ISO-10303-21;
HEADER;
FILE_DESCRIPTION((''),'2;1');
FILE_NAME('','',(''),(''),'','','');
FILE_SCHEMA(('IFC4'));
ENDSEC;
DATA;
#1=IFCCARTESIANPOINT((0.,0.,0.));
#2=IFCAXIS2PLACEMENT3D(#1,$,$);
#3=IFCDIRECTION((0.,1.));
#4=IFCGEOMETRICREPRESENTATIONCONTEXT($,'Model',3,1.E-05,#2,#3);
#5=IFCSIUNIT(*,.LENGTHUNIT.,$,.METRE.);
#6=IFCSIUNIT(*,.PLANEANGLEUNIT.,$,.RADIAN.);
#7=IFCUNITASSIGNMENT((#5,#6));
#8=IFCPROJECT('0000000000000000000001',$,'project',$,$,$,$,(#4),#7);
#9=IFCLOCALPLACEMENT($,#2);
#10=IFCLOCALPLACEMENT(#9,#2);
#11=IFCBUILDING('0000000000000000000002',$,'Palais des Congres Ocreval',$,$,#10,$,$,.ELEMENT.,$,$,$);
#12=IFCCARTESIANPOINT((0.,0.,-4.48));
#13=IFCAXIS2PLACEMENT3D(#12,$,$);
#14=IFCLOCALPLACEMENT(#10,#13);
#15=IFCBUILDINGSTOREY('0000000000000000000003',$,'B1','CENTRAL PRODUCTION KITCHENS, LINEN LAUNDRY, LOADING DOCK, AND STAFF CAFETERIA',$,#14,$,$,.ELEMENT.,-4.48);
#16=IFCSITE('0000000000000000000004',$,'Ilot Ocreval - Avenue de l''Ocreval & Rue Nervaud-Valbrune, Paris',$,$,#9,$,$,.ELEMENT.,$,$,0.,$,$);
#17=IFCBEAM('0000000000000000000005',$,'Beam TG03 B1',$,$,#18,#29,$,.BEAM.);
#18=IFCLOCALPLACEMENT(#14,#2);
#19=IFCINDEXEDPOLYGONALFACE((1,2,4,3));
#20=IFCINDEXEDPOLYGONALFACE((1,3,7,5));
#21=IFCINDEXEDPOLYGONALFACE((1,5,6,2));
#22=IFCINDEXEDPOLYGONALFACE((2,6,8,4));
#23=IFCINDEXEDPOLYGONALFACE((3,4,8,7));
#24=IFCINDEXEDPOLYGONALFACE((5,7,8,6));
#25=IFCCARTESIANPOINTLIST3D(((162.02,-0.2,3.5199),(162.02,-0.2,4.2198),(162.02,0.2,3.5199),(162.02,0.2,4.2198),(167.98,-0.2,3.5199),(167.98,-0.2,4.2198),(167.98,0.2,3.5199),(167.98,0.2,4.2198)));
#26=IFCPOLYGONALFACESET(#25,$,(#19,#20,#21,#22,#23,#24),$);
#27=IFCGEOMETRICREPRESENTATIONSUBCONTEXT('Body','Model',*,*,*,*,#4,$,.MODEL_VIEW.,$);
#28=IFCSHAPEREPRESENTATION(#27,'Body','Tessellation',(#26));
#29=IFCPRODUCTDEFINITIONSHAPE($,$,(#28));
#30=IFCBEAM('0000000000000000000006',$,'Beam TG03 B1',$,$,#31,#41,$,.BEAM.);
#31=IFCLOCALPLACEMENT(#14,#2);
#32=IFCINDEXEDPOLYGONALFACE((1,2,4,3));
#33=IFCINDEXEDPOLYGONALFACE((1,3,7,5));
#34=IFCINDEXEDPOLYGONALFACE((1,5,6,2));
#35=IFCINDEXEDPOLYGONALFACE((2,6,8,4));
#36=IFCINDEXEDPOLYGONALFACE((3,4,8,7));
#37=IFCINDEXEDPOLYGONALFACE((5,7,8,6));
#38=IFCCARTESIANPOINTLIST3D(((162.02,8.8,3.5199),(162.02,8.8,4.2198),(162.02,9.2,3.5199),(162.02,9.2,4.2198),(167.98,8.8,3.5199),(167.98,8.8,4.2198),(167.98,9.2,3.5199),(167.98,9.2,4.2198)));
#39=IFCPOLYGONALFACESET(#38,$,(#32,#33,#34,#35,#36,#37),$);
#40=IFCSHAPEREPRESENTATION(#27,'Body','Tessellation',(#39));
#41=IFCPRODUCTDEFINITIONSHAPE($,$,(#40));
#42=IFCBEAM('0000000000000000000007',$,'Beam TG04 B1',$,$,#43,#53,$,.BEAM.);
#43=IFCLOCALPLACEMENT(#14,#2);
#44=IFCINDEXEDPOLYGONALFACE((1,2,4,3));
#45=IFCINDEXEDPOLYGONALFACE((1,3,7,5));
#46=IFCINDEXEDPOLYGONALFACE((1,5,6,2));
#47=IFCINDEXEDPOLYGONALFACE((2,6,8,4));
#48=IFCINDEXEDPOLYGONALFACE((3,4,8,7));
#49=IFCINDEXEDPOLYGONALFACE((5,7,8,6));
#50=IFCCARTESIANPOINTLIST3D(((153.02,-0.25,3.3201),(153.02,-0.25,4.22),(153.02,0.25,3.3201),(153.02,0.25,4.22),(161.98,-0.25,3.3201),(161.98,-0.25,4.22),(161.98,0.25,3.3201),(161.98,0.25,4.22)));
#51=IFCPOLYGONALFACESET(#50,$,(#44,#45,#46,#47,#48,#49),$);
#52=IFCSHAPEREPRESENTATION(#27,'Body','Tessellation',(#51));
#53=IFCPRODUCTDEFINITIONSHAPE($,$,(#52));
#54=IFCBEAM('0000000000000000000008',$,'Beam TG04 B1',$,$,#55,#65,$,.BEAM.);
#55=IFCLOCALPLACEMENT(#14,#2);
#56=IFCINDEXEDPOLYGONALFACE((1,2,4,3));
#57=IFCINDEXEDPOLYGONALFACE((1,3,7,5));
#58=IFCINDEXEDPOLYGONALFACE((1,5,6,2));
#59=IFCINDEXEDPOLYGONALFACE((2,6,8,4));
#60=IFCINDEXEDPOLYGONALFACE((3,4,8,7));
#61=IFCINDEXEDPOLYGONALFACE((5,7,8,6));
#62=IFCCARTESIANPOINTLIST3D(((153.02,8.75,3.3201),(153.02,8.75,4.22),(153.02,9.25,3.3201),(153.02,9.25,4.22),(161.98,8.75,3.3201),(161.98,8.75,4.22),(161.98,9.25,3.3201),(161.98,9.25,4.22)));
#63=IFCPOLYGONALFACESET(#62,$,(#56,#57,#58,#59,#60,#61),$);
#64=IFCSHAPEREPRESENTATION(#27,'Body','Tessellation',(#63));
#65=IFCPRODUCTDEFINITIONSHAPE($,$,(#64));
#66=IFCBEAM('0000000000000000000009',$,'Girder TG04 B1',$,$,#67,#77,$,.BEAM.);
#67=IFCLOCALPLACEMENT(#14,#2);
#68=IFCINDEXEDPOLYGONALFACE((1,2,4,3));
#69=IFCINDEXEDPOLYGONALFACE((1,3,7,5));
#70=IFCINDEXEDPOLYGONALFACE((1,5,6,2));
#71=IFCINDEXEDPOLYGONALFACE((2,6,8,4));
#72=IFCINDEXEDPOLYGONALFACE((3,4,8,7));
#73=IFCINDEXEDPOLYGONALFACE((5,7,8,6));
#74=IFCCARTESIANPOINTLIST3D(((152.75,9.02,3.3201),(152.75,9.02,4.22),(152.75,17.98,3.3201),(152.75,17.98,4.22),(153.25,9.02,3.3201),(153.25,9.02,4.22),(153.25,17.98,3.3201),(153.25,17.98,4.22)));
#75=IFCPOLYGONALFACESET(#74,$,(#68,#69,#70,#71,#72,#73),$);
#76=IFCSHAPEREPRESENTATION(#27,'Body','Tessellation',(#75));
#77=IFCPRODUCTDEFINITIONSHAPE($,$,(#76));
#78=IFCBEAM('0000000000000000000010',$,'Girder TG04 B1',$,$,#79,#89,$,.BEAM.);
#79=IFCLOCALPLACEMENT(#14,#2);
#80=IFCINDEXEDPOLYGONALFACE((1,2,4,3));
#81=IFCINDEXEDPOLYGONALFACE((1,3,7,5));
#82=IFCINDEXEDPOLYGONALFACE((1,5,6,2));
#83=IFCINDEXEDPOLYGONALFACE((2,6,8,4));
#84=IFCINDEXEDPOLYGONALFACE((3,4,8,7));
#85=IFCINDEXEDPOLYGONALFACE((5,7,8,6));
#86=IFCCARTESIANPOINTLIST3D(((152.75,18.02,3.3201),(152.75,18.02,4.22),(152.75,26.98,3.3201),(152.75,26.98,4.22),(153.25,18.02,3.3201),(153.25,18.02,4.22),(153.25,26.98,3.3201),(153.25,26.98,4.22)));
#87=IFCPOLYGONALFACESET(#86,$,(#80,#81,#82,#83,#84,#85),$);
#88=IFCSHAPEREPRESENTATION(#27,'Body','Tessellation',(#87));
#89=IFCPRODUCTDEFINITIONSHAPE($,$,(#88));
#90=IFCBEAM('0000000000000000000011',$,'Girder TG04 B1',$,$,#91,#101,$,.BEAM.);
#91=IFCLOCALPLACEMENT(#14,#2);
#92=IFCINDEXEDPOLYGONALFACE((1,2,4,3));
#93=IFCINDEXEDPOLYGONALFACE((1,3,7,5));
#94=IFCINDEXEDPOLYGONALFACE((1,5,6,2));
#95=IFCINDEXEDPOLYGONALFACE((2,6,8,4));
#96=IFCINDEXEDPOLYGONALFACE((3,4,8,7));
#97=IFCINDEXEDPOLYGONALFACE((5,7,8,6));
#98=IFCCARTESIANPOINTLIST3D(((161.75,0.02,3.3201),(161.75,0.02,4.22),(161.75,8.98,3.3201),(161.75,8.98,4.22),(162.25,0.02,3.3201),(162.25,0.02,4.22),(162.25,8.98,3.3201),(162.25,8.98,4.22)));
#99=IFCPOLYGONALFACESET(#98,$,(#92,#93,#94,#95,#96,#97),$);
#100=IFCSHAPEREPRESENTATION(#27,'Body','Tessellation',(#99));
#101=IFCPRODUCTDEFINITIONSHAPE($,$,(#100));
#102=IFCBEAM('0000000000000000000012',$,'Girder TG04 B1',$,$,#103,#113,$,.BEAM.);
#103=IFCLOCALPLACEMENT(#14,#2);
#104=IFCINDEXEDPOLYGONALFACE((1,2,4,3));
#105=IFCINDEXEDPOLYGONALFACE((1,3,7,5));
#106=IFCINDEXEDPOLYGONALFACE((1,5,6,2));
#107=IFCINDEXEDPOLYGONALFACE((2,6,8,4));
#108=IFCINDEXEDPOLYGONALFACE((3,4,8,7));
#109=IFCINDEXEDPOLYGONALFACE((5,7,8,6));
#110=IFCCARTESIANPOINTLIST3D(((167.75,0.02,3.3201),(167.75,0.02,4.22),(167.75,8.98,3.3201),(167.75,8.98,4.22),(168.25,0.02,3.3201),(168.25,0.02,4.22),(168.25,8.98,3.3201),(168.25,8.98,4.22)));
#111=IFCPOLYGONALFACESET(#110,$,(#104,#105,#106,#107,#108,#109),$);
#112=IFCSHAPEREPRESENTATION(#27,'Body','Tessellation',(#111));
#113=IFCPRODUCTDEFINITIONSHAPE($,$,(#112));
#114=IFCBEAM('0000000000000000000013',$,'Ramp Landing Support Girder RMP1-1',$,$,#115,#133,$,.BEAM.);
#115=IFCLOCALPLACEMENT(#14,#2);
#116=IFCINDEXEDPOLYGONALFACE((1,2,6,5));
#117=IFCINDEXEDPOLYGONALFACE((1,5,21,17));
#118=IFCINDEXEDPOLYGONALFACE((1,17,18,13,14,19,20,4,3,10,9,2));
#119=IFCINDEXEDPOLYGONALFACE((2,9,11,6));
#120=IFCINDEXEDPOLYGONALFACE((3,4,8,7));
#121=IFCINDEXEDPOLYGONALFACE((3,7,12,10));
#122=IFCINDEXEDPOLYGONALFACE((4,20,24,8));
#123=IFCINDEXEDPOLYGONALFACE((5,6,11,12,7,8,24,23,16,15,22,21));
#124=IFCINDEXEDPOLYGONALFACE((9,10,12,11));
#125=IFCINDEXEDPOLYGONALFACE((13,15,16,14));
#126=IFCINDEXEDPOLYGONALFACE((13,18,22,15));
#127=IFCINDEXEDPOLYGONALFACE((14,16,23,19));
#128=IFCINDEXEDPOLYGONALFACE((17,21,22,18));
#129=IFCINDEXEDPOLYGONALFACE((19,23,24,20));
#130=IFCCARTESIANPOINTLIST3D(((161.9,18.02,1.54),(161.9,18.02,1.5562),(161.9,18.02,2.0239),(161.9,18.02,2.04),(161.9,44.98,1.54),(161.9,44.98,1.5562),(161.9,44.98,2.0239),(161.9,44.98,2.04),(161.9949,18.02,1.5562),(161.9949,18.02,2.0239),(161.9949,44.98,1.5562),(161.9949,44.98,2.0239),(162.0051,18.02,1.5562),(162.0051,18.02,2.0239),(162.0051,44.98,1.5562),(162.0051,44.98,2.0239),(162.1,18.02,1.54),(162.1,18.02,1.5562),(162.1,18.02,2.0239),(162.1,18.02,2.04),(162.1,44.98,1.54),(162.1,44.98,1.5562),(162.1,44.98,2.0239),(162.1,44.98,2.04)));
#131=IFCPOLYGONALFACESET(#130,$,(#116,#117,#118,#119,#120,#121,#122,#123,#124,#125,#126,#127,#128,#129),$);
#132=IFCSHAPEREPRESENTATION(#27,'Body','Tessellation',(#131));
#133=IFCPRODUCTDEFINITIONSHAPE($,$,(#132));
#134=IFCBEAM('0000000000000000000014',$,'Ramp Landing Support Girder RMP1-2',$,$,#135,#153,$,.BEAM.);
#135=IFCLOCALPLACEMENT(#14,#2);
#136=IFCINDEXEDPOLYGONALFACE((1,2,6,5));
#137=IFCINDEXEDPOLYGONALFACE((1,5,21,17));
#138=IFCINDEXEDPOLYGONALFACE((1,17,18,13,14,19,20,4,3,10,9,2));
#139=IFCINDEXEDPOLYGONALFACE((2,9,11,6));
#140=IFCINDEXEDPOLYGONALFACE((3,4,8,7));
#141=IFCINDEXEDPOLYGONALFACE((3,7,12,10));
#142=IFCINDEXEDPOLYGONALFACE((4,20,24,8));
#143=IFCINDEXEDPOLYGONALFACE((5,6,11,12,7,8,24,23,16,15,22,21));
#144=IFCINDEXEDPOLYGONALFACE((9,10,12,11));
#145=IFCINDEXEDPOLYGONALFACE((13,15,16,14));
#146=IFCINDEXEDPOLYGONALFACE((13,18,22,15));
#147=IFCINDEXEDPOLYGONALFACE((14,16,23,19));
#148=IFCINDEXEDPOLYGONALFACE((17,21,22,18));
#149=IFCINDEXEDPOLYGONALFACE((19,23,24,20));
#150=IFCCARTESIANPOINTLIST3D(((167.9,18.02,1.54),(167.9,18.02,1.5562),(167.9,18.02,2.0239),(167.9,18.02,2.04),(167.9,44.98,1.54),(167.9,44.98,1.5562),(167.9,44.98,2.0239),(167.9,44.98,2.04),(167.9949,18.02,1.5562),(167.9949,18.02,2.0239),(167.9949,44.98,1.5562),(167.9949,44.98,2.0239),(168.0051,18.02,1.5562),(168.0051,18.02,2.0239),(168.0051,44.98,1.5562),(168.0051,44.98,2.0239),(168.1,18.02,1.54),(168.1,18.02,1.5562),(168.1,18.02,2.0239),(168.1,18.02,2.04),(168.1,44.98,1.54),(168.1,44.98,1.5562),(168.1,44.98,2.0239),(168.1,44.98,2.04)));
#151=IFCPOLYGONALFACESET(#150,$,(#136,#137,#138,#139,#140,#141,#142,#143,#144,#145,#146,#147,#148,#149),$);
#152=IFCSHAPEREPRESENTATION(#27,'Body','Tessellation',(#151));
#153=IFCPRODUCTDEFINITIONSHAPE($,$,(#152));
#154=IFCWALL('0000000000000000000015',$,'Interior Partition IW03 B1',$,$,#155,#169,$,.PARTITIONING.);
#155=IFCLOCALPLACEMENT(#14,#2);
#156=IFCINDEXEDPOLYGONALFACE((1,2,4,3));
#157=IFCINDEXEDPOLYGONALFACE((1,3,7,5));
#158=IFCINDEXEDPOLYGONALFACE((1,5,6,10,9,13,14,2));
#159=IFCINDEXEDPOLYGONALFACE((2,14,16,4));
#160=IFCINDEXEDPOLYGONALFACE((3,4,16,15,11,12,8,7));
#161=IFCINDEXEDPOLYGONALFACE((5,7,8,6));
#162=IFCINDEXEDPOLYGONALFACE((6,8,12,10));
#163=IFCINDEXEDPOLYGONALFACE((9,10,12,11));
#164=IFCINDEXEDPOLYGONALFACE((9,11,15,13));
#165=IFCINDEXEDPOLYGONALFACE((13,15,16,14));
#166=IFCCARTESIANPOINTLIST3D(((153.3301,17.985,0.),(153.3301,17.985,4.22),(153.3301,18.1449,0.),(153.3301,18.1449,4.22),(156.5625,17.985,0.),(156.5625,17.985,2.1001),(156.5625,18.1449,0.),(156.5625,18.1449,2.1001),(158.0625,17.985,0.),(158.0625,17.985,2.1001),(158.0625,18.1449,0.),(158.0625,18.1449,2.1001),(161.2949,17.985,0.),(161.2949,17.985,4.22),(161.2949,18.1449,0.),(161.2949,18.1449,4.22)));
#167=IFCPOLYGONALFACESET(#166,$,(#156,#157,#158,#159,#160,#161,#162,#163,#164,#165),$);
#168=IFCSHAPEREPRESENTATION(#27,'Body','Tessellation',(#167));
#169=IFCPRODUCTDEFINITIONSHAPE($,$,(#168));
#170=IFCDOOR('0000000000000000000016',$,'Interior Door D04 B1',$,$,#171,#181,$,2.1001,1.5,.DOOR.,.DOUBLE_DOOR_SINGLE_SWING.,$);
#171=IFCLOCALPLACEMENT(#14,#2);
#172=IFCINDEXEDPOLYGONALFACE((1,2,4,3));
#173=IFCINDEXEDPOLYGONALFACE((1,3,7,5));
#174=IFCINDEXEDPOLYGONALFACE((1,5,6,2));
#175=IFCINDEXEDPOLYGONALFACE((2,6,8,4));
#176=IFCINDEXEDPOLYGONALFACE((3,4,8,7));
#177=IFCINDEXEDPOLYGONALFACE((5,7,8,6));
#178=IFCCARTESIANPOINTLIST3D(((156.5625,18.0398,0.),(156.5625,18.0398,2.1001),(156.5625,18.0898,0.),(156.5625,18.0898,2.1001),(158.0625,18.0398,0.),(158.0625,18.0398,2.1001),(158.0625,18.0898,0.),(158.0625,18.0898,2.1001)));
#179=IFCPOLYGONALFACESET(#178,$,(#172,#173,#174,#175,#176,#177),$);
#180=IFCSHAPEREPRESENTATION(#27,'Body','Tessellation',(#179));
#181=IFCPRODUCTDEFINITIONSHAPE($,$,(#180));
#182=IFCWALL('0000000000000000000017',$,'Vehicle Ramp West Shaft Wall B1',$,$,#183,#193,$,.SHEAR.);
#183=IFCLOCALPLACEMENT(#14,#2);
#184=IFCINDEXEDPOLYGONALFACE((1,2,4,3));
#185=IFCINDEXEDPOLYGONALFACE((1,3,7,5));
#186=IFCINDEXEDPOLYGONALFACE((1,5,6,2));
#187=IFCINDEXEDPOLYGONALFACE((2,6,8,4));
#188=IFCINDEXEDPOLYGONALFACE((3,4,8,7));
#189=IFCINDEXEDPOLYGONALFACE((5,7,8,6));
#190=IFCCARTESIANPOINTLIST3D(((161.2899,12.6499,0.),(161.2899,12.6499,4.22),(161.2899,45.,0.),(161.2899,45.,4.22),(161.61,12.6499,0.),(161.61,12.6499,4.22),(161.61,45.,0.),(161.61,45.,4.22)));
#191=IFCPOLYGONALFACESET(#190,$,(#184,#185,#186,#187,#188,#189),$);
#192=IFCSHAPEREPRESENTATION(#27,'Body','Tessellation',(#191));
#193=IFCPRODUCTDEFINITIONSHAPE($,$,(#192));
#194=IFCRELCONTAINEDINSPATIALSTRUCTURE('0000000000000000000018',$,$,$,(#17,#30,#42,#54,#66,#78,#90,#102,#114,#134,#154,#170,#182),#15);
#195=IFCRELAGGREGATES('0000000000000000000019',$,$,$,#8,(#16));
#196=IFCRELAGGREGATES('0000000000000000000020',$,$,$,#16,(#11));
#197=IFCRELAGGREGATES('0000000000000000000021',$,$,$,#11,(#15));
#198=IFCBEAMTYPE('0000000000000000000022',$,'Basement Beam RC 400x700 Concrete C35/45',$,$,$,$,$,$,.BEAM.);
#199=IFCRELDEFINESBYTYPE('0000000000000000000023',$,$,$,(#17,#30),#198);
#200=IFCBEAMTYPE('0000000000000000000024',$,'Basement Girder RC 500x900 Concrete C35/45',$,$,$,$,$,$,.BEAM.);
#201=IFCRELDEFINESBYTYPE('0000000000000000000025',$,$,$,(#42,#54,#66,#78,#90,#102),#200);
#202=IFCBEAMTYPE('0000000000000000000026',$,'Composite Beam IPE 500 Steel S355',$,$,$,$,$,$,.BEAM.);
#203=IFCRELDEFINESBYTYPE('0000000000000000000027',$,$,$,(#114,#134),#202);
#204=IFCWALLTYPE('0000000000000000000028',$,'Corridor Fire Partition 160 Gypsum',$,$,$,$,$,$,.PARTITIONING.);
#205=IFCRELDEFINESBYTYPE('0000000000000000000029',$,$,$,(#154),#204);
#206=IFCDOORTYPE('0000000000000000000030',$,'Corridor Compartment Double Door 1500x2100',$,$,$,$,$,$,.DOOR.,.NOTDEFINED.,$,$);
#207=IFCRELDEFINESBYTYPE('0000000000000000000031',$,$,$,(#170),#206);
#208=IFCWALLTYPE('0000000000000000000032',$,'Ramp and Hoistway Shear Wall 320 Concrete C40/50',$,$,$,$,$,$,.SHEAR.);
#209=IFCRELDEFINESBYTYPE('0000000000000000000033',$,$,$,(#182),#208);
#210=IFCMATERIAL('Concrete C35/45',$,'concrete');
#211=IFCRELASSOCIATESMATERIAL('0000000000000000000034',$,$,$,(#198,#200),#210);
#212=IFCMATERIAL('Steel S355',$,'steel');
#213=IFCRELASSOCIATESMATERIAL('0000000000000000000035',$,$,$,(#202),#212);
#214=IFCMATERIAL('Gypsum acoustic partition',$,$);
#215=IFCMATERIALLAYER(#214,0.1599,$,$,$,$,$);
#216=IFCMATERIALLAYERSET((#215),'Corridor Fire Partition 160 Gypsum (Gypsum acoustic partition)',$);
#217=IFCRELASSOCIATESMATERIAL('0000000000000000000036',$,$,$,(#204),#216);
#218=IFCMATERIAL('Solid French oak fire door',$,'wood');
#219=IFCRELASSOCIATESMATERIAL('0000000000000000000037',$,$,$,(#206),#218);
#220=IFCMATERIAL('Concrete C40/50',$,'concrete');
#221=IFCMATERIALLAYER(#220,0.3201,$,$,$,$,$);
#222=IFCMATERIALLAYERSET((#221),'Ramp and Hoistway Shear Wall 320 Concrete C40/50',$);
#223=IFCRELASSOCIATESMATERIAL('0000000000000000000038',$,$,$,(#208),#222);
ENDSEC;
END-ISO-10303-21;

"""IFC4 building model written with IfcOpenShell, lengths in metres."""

from ifc_helpers import new_model, si_unit, direction, frame, frame_2d, origin, origin_2d, place, context, subcontext, project, spatial, rectangle, i_section, extrude, material, layer, layer_set, material_profile, profile_set, type_object, element, fill, save


model = new_model("IFC4")

# Units and contexts
model_context = context("Model", 3, precision=1e-05, world=origin(), true_north=direction((0.0, 1.0)))
body_context = subcontext(model_context, "Body", "Model", "MODEL_VIEW")
ifc_project = project(units=[si_unit("LENGTHUNIT", "METRE"), si_unit("PLANEANGLEUNIT", "RADIAN")], contexts=[model_context])

# Site, building, storey
site_placement = place(None, origin())
site = spatial("IfcSite", under=ifc_project, at=site_placement, Name="Ilot Ocreval - Avenue de l'Ocreval & Rue Nervaud-Valbrune, Paris", CompositionType="ELEMENT", RefElevation=0.0)
building_placement = place(site_placement, origin())
building = spatial("IfcBuilding", under=site, at=building_placement, Name="Palais des Congres Ocreval", CompositionType="ELEMENT")
storey_placement = place(building_placement, frame((0.0, 0.0, -4.48)))
storey = spatial("IfcBuildingStorey", under=building, at=storey_placement, Name="B1", Description="CENTRAL PRODUCTION KITCHENS, LINEN LAUNDRY, LOADING DOCK, AND STAFF CAFETERIA", CompositionType="ELEMENT", Elevation=-4.48)

# Shared definitions
ifc_material_1 = material(Name="Steel S355", Category="steel")

# Beams
ifc_material_2 = material(Name="Concrete C35/45", Category="concrete")
ifc_material_profile_1 = material_profile(ifc_material_2, rectangle(XDim=0.3999, YDim=0.7, at=origin_2d()), Name="RC 400x700")
ifc_profile_set_1 = profile_set([ifc_material_profile_1], Name="Concrete C35/45")
beam_type_1 = type_object("IfcBeamType", Name="Basement Beam RC 400x700 Concrete C35/45", PredefinedType="BEAM", material=ifc_profile_set_1)
for number, where, z_axis, x_axis, name in (
    (1, (162.02, 0.0, 3.8699), (1.0, 0.0, 0.0), (0.0, 1.0, 0.0), "Beam TG03 B1"),
    (2, (162.02, 9.0, 3.8699), (1.0, 0.0, 0.0), (0.0, 1.0, 0.0), "Beam TG03 B1"),
):
    element("IfcBeam", number, at=place(storey_placement, frame(where, z_axis=z_axis, x_axis=x_axis)), inside=storey, type_object=beam_type_1, Name=name, PredefinedType="BEAM", context=body_context, shape_type="SweptSolid", body=[
        extrude(rectangle(XDim=0.3999, YDim=0.7, at=origin_2d()), origin(), (0.0, 0.0, 1.0), 5.96),
    ])
ifc_material_profile_2 = material_profile(ifc_material_2, rectangle(XDim=0.5, YDim=0.8999, at=origin_2d()), Name="RC 500x900")
ifc_profile_set_2 = profile_set([ifc_material_profile_2], Name="Concrete C35/45")
beam_type_2 = type_object("IfcBeamType", Name="Basement Girder RC 500x900 Concrete C35/45", PredefinedType="BEAM", material=ifc_profile_set_2)
for number, where, z_axis, x_axis, name in (
    (3, (153.02, 0.0, 3.77), (1.0, 0.0, 0.0), (0.0, 1.0, 0.0), "Beam TG04 B1"),
    (4, (153.02, 9.0, 3.77), (1.0, 0.0, 0.0), (0.0, 1.0, 0.0), "Beam TG04 B1"),
    (5, (153.0, 9.02, 3.77), (0.0, 1.0, 0.0), (-1.0, 0.0, 0.0), "Girder TG04 B1"),
    (6, (153.0, 18.02, 3.77), (0.0, 1.0, 0.0), (-1.0, 0.0, 0.0), "Girder TG04 B1"),
    (7, (162.0, 0.02, 3.77), (0.0, 1.0, 0.0), (-1.0, 0.0, 0.0), "Girder TG04 B1"),
    (8, (168.0, 0.02, 3.77), (0.0, 1.0, 0.0), (-1.0, 0.0, 0.0), "Girder TG04 B1"),
):
    element("IfcBeam", number, at=place(storey_placement, frame(where, z_axis=z_axis, x_axis=x_axis)), inside=storey, type_object=beam_type_2, Name=name, PredefinedType="BEAM", context=body_context, shape_type="SweptSolid", body=[
        extrude(rectangle(XDim=0.5, YDim=0.8999, at=origin_2d()), origin(), (0.0, 0.0, 1.0), 8.96),
    ])
ifc_material_profile_3 = material_profile(ifc_material_1, i_section(OverallWidth=0.2, OverallDepth=0.5, WebThickness=0.0103, FlangeThickness=0.0161, at=origin_2d()), Name="IPE 500")
ifc_profile_set_3 = profile_set([ifc_material_profile_3], Name="Steel S355")
beam_type_3 = type_object("IfcBeamType", Name="Composite Beam IPE 500 Steel S355", PredefinedType="BEAM", material=ifc_profile_set_3)
for number, where, z_axis, x_axis, name in (
    (9, (162.0, 18.02, 1.79), (0.0, 1.0, 0.0), (-1.0, 0.0, 0.0), "Ramp Landing Support Girder RMP1-1"),
    (10, (168.0, 18.02, 1.79), (0.0, 1.0, 0.0), (-1.0, 0.0, 0.0), "Ramp Landing Support Girder RMP1-2"),
):
    element("IfcBeam", number, at=place(storey_placement, frame(where, z_axis=z_axis, x_axis=x_axis)), inside=storey, type_object=beam_type_3, Name=name, PredefinedType="BEAM", context=body_context, shape_type="SweptSolid", body=[
        extrude(i_section(OverallWidth=0.2, OverallDepth=0.5, WebThickness=0.0103, FlangeThickness=0.0161, at=origin_2d()), origin(), (0.0, 0.0, 1.0), 26.96),
    ])

# Wall, opening, door
ifc_material_3 = material(Name="Gypsum acoustic partition")
ifc_layer_1 = layer(ifc_material_3, 0.1599)
ifc_layer_set_1 = layer_set([ifc_layer_1], Name="Corridor Fire Partition 160 Gypsum (Gypsum acoustic partition)")
wall_type_1 = type_object("IfcWallType", Name="Corridor Fire Partition 160 Gypsum", PredefinedType="PARTITIONING", material=ifc_layer_set_1)
wall_1_placement = place(storey_placement, frame((153.3301, 18.0649, 0.0), z_axis=(0.0, 0.0, 1.0), x_axis=(1.0, 0.0, 0.0)))
wall_1 = element("IfcWall", 11, at=wall_1_placement, inside=storey, type_object=wall_type_1, Name="Interior Partition IW03 B1", PredefinedType="PARTITIONING", context=body_context, shape_type="SweptSolid", body=[
    extrude(rectangle(XDim=7.9648, YDim=0.1599, at=frame_2d((3.9824, 0.0))), origin(), (0.0, 0.0, 1.0), 4.22),
])
opening_placement = place(wall_1_placement, frame((3.2324, 0.0, 0.0)))
opening = element("IfcOpeningElement", 12, at=opening_placement, cuts=wall_1, PredefinedType="OPENING", context=body_context, shape_type="SweptSolid", body=[
    extrude(rectangle(XDim=1.5, YDim=2.1001, at=frame_2d((0.75, 1.05))), frame((0.0, 0.0898, 0.0), z_axis=(0.0, -1.0, 0.0), x_axis=(1.0, 0.0, 0.0)), (0.0, 0.0, 1.0), 0.1799),
])
ifc_material_4 = material(Name="Solid French oak fire door", Category="wood")
door_type = type_object("IfcDoorType", Name="Corridor Compartment Double Door 1500x2100", OperationType="NOTDEFINED", PredefinedType="DOOR", material=ifc_material_4)
door_placement = place(opening_placement, origin())
door = element("IfcDoor", 13, at=door_placement, inside=storey, type_object=door_type, Name="Interior Door D04 B1", OperationType="DOUBLE_DOOR_SINGLE_SWING", OverallHeight=2.1001, OverallWidth=1.5, PredefinedType="DOOR", context=body_context, shape_type="SweptSolid", body=[
    extrude(rectangle(XDim=1.5, YDim=2.1001, at=frame_2d((0.75, 1.05))), frame((0.0, 0.0249, 0.0), z_axis=(0.0, -1.0, 0.0), x_axis=(1.0, 0.0, 0.0)), (0.0, 0.0, 1.0), 0.05),
])
fill(opening, door)

# Wall
ifc_material_5 = material(Name="Concrete C40/50", Category="concrete")
ifc_layer_2 = layer(ifc_material_5, 0.3201)
ifc_layer_set_2 = layer_set([ifc_layer_2], Name="Ramp and Hoistway Shear Wall 320 Concrete C40/50")
wall_type_2 = type_object("IfcWallType", Name="Ramp and Hoistway Shear Wall 320 Concrete C40/50", PredefinedType="SHEAR", material=ifc_layer_set_2)
wall_2_placement = place(storey_placement, frame((161.45, 12.6499, 0.0), z_axis=(0.0, 0.0, 1.0), x_axis=(0.0, 1.0, 0.0)))
element("IfcWall", 14, at=wall_2_placement, inside=storey, type_object=wall_type_2, Name="Vehicle Ramp West Shaft Wall B1", PredefinedType="SHEAR", context=body_context, shape_type="SweptSolid", body=[
    extrude(rectangle(XDim=32.3501, YDim=0.3201, at=frame_2d((16.175, 0.0))), origin(), (0.0, 0.0, 1.0), 4.22),
])

save(model, "model.ifc")
